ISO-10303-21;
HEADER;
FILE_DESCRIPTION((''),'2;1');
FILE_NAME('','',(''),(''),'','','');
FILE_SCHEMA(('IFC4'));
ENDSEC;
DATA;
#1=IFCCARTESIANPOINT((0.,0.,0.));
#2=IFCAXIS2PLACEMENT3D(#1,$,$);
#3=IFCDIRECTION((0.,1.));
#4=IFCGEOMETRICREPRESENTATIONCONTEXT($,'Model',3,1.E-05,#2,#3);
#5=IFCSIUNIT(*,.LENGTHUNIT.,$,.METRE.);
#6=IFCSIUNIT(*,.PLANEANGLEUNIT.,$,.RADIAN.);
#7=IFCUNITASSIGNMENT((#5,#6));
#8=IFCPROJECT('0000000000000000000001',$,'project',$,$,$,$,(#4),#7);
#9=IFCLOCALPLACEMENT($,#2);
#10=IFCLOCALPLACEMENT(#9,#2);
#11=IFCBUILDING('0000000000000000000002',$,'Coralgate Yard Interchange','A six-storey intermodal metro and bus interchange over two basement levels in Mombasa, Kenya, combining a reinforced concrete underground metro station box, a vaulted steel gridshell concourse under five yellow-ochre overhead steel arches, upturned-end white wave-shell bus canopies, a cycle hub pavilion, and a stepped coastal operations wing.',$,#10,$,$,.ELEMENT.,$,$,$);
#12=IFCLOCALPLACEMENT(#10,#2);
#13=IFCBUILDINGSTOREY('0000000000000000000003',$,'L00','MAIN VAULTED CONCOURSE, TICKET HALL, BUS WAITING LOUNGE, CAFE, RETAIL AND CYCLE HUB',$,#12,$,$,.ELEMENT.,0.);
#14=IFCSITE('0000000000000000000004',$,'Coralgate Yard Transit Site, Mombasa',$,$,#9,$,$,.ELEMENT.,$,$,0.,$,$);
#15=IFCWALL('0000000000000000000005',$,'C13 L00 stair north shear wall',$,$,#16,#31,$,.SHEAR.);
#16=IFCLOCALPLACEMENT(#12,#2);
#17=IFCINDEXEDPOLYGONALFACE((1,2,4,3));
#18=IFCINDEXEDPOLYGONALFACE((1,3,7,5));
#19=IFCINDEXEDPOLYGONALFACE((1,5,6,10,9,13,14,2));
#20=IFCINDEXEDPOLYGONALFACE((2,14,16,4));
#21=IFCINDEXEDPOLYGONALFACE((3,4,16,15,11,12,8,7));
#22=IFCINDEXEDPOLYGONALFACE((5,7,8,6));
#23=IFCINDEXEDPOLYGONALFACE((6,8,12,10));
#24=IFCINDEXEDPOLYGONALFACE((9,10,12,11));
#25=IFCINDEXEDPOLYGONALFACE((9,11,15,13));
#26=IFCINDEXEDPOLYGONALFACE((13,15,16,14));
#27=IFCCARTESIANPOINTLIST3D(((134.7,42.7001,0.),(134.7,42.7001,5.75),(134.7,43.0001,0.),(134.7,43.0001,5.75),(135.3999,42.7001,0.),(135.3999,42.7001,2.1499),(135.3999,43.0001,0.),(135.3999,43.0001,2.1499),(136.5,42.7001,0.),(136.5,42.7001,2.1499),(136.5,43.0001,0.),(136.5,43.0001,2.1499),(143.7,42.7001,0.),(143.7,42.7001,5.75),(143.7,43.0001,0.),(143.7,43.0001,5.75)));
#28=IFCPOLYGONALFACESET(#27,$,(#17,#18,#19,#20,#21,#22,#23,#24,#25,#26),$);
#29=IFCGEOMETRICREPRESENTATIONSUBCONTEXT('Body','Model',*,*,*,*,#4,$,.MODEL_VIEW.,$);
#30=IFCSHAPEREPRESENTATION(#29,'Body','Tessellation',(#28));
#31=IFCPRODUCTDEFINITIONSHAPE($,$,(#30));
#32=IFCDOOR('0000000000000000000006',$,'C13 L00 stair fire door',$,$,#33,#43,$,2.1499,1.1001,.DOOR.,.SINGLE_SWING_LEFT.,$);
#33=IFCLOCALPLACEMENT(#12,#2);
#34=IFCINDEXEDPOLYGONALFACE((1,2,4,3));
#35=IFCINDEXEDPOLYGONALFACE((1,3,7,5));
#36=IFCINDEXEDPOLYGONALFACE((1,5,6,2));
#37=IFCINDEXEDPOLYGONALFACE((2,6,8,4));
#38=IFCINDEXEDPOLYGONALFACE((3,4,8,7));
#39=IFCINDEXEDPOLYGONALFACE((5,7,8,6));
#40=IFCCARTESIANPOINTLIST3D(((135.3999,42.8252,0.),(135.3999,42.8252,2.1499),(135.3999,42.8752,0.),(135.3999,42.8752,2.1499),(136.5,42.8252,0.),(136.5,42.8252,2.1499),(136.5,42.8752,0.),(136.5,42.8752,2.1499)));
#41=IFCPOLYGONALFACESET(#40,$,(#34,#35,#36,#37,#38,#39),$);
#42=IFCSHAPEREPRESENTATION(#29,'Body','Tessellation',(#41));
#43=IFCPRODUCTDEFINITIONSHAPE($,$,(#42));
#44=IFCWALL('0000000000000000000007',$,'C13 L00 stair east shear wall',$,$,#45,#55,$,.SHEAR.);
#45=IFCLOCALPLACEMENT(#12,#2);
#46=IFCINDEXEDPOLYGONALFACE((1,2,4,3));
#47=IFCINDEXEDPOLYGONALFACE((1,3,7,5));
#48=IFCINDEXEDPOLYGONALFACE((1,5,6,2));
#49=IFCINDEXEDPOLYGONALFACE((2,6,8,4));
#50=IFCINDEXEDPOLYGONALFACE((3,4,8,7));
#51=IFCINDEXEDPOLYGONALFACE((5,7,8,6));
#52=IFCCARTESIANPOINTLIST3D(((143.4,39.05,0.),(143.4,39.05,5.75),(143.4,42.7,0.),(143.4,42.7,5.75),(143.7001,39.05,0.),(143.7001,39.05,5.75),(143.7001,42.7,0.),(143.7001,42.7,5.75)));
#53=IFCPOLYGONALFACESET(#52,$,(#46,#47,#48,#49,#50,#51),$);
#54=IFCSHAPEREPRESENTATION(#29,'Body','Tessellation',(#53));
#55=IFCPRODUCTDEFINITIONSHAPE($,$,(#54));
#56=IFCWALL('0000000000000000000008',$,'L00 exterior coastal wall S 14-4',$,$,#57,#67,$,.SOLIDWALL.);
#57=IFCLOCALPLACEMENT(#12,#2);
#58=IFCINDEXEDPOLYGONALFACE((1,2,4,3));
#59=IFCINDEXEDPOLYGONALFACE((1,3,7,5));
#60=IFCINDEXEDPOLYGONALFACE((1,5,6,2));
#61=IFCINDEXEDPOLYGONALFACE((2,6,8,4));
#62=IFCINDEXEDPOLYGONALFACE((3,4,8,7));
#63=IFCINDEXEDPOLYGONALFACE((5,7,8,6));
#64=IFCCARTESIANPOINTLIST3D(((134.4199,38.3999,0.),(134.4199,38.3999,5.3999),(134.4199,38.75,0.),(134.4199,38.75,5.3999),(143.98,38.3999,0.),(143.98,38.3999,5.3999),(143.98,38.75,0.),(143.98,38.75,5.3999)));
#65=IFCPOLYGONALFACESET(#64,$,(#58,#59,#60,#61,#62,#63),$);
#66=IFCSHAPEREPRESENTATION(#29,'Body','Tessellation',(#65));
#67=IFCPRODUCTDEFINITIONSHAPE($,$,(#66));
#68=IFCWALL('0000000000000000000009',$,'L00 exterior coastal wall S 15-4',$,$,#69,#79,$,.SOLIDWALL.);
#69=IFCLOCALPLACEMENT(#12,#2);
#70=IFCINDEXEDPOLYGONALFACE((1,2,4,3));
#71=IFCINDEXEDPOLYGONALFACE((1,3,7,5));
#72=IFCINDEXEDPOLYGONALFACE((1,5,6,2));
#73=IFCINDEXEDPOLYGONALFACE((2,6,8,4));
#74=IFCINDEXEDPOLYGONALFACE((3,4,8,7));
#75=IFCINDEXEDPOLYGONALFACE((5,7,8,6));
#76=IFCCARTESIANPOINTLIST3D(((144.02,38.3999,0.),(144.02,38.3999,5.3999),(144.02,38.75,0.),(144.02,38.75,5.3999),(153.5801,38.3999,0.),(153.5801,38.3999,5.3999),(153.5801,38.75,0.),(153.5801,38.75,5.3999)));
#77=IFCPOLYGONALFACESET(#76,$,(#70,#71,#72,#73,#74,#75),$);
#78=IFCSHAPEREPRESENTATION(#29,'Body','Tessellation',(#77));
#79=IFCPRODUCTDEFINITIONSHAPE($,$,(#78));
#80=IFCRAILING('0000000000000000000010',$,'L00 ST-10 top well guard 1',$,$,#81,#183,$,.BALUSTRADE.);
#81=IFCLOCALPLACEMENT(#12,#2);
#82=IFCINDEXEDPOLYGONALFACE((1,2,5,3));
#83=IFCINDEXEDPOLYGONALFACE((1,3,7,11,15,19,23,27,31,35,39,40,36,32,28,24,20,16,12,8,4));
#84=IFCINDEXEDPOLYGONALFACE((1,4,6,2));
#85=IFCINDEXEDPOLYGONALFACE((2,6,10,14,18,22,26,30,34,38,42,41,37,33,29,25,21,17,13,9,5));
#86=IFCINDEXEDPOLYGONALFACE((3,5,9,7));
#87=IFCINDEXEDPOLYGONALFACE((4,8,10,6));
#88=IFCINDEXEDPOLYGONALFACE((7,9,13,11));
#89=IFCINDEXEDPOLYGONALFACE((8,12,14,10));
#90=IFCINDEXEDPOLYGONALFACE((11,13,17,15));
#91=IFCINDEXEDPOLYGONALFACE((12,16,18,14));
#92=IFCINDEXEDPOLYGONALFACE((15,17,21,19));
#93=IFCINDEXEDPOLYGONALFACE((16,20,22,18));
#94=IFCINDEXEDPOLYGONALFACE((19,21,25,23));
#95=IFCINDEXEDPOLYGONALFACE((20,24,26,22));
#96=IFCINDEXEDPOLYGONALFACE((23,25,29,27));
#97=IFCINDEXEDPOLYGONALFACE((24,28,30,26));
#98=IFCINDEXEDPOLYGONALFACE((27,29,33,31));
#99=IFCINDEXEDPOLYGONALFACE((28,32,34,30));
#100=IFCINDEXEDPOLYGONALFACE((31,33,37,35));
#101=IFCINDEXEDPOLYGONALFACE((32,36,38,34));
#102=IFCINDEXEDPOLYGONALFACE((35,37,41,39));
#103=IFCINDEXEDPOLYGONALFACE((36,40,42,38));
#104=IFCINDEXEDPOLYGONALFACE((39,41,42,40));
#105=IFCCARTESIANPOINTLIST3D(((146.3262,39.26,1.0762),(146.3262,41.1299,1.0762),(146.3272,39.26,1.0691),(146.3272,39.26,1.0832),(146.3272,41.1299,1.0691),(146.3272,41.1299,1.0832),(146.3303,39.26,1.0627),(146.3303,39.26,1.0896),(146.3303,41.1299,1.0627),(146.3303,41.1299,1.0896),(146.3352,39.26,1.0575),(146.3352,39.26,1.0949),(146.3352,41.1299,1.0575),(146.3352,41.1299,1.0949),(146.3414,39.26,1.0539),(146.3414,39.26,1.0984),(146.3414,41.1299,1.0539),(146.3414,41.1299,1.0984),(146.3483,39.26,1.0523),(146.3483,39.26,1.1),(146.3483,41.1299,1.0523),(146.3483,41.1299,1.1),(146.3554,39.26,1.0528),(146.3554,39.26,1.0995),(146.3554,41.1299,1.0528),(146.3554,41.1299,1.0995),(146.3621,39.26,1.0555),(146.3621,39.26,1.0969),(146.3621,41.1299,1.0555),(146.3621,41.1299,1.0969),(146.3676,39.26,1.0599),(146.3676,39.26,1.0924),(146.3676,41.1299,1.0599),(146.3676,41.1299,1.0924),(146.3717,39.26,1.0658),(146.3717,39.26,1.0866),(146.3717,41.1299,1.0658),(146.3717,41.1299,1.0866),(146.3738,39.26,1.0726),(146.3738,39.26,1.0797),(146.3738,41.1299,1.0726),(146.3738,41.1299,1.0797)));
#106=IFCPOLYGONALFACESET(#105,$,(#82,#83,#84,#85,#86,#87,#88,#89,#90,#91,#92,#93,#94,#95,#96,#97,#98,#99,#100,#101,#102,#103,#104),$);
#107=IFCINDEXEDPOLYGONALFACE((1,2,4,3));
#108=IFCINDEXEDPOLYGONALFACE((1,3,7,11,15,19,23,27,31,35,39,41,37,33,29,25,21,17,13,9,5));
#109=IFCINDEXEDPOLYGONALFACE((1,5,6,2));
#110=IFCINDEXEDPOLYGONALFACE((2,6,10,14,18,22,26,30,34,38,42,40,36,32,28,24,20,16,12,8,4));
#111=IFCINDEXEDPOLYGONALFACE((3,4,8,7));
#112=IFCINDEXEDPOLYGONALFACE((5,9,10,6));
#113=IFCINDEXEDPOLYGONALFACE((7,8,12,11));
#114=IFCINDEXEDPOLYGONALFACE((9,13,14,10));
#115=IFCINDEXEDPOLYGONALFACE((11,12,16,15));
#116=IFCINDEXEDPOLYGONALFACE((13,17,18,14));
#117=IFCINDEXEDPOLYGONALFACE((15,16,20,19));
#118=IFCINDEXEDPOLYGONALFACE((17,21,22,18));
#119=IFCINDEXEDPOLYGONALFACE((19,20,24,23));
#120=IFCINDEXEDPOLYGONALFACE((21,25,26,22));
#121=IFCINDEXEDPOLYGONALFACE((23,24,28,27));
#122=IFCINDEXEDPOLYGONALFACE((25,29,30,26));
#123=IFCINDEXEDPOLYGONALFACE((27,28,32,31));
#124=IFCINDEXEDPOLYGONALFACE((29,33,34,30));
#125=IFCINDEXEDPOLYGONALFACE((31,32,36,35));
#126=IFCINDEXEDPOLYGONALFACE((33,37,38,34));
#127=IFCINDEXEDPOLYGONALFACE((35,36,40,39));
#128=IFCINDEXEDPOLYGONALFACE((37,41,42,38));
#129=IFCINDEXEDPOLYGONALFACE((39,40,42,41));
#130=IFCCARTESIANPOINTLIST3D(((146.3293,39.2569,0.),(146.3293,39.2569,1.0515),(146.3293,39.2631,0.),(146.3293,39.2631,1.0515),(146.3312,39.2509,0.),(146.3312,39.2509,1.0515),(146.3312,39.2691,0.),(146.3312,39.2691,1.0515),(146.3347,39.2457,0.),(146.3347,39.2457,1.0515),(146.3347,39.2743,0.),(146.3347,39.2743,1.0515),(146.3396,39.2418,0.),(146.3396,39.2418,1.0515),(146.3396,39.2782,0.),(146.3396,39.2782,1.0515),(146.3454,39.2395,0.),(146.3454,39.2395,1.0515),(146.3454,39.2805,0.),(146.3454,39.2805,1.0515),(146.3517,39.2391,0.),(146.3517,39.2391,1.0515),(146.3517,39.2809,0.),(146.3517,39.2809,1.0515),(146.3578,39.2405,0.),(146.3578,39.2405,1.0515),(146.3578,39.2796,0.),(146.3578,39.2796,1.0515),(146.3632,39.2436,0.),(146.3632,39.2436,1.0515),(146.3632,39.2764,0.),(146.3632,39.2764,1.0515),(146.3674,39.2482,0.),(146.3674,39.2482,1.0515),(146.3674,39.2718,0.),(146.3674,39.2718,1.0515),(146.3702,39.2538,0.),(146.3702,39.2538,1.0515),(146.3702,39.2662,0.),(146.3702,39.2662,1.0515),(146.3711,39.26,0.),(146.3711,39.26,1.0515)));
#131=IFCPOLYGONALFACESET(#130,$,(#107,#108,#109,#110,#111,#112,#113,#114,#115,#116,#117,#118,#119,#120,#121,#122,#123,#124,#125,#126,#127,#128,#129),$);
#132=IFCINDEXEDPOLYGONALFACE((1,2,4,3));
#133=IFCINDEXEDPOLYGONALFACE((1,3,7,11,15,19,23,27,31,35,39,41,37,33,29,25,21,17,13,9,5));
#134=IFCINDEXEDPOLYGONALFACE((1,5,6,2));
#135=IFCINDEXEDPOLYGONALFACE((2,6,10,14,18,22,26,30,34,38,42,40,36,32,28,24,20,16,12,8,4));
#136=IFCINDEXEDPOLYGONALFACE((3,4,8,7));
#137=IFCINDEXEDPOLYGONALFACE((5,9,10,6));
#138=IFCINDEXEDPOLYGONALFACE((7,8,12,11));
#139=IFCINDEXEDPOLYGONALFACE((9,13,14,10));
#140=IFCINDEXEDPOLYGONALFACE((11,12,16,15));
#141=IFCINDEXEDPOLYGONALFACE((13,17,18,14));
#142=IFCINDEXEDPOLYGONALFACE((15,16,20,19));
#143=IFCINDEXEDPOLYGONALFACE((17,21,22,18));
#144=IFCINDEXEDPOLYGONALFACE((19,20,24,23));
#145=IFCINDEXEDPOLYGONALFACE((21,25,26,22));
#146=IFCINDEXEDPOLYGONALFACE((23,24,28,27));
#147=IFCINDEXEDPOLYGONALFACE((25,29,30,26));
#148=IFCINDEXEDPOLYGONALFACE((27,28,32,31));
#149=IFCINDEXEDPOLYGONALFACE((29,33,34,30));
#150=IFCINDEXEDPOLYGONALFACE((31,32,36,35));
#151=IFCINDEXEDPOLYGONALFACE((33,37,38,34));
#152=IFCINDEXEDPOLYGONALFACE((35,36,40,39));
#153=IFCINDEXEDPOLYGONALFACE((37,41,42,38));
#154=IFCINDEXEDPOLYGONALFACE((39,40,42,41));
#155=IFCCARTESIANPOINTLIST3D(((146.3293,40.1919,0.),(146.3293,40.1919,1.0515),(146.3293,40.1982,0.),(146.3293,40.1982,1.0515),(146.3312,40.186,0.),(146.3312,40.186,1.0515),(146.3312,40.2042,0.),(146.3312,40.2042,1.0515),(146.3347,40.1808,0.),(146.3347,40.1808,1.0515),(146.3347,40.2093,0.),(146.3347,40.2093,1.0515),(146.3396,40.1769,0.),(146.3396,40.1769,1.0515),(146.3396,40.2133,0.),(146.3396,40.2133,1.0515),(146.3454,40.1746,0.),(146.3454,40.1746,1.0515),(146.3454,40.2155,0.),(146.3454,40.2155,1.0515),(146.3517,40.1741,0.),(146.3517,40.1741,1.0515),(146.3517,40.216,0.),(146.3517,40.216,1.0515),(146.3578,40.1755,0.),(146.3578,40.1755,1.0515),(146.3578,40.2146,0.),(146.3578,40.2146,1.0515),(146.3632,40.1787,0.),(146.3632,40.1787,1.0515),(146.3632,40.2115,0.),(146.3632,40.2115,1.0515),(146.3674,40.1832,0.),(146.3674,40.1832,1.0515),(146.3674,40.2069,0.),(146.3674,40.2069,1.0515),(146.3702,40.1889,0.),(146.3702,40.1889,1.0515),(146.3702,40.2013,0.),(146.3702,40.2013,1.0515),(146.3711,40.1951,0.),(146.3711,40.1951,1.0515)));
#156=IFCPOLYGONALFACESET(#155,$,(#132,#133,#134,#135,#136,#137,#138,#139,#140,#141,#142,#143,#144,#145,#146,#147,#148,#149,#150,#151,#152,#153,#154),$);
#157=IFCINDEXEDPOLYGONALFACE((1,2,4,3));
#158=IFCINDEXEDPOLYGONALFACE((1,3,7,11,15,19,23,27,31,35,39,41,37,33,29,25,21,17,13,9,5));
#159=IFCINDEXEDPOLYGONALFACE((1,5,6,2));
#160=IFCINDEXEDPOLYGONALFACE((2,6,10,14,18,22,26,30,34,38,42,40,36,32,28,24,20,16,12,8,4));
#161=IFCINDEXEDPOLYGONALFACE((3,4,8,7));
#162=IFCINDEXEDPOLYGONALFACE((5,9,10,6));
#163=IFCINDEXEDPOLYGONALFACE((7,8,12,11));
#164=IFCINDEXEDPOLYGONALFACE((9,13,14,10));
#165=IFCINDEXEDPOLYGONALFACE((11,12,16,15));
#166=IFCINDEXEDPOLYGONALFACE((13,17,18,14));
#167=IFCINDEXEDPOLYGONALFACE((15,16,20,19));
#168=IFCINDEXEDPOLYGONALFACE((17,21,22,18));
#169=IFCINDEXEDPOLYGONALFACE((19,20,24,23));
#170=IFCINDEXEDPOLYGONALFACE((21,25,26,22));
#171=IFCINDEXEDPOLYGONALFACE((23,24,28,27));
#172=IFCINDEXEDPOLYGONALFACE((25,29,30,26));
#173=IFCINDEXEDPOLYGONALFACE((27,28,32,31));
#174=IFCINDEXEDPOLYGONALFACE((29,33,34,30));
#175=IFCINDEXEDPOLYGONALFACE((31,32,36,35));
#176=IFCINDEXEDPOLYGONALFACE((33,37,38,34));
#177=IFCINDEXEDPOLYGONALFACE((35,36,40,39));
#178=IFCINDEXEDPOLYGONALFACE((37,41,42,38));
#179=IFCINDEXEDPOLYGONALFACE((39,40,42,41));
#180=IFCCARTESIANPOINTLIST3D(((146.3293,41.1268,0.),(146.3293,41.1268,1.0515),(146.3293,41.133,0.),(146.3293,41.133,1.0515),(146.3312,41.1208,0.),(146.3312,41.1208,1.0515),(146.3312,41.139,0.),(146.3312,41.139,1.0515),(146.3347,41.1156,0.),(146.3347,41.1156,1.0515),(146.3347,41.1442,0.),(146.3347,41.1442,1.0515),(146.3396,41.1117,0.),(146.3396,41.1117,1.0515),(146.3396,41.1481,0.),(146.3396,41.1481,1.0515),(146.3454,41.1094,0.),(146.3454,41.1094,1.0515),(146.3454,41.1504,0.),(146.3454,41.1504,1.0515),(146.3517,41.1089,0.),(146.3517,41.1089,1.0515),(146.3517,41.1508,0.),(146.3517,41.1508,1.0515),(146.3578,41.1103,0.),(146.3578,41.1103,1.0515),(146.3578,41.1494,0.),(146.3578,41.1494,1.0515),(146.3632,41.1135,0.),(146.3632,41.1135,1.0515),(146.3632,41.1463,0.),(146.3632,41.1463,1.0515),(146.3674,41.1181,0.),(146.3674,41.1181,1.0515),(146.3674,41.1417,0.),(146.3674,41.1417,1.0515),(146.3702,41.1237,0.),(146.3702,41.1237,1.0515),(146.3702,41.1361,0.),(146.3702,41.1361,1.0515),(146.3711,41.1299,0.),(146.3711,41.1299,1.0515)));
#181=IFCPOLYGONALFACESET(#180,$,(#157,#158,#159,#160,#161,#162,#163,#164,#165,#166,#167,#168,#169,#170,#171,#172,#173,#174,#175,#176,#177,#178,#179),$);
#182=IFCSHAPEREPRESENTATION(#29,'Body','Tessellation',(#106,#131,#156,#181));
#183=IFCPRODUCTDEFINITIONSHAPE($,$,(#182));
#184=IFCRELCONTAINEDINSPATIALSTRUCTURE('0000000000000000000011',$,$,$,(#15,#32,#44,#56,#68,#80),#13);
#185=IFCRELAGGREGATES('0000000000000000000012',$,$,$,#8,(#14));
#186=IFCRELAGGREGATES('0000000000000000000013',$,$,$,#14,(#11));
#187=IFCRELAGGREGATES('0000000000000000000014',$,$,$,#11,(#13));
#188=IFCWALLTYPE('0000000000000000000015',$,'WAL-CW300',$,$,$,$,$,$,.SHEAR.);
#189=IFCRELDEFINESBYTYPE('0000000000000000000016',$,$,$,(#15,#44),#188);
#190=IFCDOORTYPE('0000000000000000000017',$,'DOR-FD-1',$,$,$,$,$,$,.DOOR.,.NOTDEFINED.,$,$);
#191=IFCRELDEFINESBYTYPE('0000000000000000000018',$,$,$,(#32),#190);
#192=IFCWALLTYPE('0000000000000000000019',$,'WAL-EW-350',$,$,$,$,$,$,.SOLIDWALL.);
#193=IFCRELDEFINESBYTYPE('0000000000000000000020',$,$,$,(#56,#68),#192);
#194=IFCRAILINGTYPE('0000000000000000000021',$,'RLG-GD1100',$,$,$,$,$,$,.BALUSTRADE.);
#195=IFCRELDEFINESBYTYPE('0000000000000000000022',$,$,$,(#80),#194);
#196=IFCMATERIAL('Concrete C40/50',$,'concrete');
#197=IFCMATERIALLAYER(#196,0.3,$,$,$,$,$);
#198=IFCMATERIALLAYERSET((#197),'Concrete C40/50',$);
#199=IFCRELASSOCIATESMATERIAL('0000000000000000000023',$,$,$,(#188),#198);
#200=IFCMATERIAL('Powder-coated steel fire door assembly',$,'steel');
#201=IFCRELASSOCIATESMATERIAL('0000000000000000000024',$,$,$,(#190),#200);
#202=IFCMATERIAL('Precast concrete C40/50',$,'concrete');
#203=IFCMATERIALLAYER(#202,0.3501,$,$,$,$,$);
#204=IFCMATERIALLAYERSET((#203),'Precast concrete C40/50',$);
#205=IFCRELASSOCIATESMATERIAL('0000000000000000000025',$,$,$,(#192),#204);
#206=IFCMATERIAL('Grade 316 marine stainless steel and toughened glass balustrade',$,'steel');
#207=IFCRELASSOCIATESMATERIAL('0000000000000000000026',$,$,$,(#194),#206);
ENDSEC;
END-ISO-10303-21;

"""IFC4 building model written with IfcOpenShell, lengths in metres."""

from ifc_helpers import new_model, si_unit, direction, frame, frame_2d, origin, origin_2d, place, context, subcontext, project, spatial, rectangle, circle, extrude, material, layer, layer_set, type_object, element, fill, save


model = new_model("IFC4")

# Units and contexts
model_context = context("Model", 3, precision=1e-05, world=origin(), true_north=direction((0.0, 1.0)))
body_context = subcontext(model_context, "Body", "Model", "MODEL_VIEW")
ifc_project = project(units=[si_unit("LENGTHUNIT", "METRE"), si_unit("PLANEANGLEUNIT", "RADIAN")], contexts=[model_context])

# Site, building, storey
site_placement = place(None, origin())
site = spatial("IfcSite", under=ifc_project, at=site_placement, Name="Coralgate Yard Transit Site, Mombasa", CompositionType="ELEMENT", RefElevation=0.0)
building_placement = place(site_placement, origin())
building = spatial("IfcBuilding", under=site, at=building_placement, Name="Coralgate Yard Interchange", Description="A six-storey intermodal metro and bus interchange over two basement levels in Mombasa, Kenya, combining a reinforced concrete underground metro station box, a vaulted steel gridshell concourse under five yellow-ochre overhead steel arches, upturned-end white wave-shell bus canopies, a cycle hub pavilion, and a stepped coastal operations wing.", CompositionType="ELEMENT")
storey_placement = place(building_placement, origin())
storey = spatial("IfcBuildingStorey", under=building, at=storey_placement, Name="L00", Description="MAIN VAULTED CONCOURSE, TICKET HALL, BUS WAITING LOUNGE, CAFE, RETAIL AND CYCLE HUB", CompositionType="ELEMENT", Elevation=0.0)

# Shared definitions
ifc_material_1 = material(Name="Concrete C40/50", Category="concrete")
ifc_layer_1 = layer(ifc_material_1, 0.3)
ifc_layer_set_1 = layer_set([ifc_layer_1], Name="Concrete C40/50")
wall_type_1 = type_object("IfcWallType", Name="WAL-CW300", PredefinedType="SHEAR", material=ifc_layer_set_1)

# Shared definitions
ifc_material_2 = material(Name="Powder-coated steel fire door assembly", Category="steel")

# Wall, opening, door
wall_1_placement = place(storey_placement, frame((143.7, 42.8501, 0.0), z_axis=(0.0, 0.0, 1.0), x_axis=(-1.0, 0.0, 0.0)))
wall_1 = element("IfcWall", 1, at=wall_1_placement, inside=storey, type_object=wall_type_1, Name="C13 L00 stair north shear wall", PredefinedType="SHEAR", context=body_context, shape_type="SweptSolid", body=[
    extrude(rectangle(XDim=9.0, YDim=0.3, at=frame_2d((4.5, 0.0))), origin(), (0.0, 0.0, 1.0), 5.75),
])
opening_1_placement = place(wall_1_placement, frame((7.2, 0.0, 0.0)))
opening_1 = element("IfcOpeningElement", 2, at=opening_1_placement, cuts=wall_1, PredefinedType="OPENING", context=body_context, shape_type="SweptSolid", body=[
    extrude(rectangle(XDim=1.1001, YDim=2.1499, at=frame_2d((0.55, 1.075))), frame((0.0, 0.1599, 0.0), z_axis=(0.0, -1.0, 0.0), x_axis=(1.0, 0.0, 0.0)), (0.0, 0.0, 1.0), 0.3201),
])
door_type_1 = type_object("IfcDoorType", Name="DOR-FD-1", OperationType="NOTDEFINED", PredefinedType="DOOR", material=ifc_material_2)
door_1_placement = place(opening_1_placement, origin())
door_1 = element("IfcDoor", 3, at=door_1_placement, inside=storey, type_object=door_type_1, Name="C13 L00 stair fire door", OperationType="SINGLE_SWING_LEFT", OverallHeight=2.1499, OverallWidth=1.1001, PredefinedType="DOOR", context=body_context, shape_type="SweptSolid", body=[
    extrude(rectangle(XDim=1.1001, YDim=2.1499, at=frame_2d((0.55, 1.075))), frame((0.0, 0.0249, 0.0), z_axis=(0.0, -1.0, 0.0), x_axis=(1.0, 0.0, 0.0)), (0.0, 0.0, 1.0), 0.05),
])
fill(opening_1, door_1)

# Walls
wall_2_placement = place(storey_placement, frame((143.55, 42.7, 0.0), z_axis=(0.0, 0.0, 1.0), x_axis=(0.0, -1.0, 0.0)))
element("IfcWall", 4, at=wall_2_placement, inside=storey, type_object=wall_type_1, Name="C13 L00 stair east shear wall", PredefinedType="SHEAR", context=body_context, shape_type="SweptSolid", body=[
    extrude(rectangle(XDim=3.6499, YDim=0.3, at=frame_2d((1.825, 0.0))), origin(), (0.0, 0.0, 1.0), 5.75),
])
ifc_material_3 = material(Name="Precast concrete C40/50", Category="concrete")
ifc_layer_2 = layer(ifc_material_3, 0.3501)
ifc_layer_set_2 = layer_set([ifc_layer_2], Name="Precast concrete C40/50")
wall_type_2 = type_object("IfcWallType", Name="WAL-EW-350", PredefinedType="SOLIDWALL", material=ifc_layer_set_2)
for number, where, z_axis, x_axis, name in (
    (5, (143.98, 38.575, 0.0), (0.0, 0.0, 1.0), (-1.0, 0.0, 0.0), "L00 exterior coastal wall S 14-4"),
    (6, (153.5801, 38.575, 0.0), (0.0, 0.0, 1.0), (-1.0, 0.0, 0.0), "L00 exterior coastal wall S 15-4"),
):
    element("IfcWall", number, at=place(storey_placement, frame(where, z_axis=z_axis, x_axis=x_axis)), inside=storey, type_object=wall_type_2, Name=name, PredefinedType="SOLIDWALL", context=body_context, shape_type="SweptSolid", body=[
        extrude(rectangle(XDim=9.5601, YDim=0.3501, at=frame_2d((4.78, 0.0))), origin(), (0.0, 0.0, 1.0), 5.3999),
    ])

# Railing
ifc_material_4 = material(Name="Grade 316 marine stainless steel and toughened glass balustrade", Category="steel")
railing_type = type_object("IfcRailingType", Name="RLG-GD1100", PredefinedType="BALUSTRADE", material=ifc_material_4)
railing_placement = place(storey_placement, frame((146.3501, 39.26, 0.0)))
element("IfcRailing", 7, at=railing_placement, inside=storey, type_object=railing_type, Name="L00 ST-10 top well guard 1", PredefinedType="BALUSTRADE", context=body_context, shape_type="SweptSolid", body=[
    extrude(circle(Radius=0.0239, at=origin_2d()), frame((0.0, 0.0, 1.0762), z_axis=(0.0, 1.0, 0.0), x_axis=(-1.0, 0.0, 0.0)), (0.0, 0.0, 1.0), 1.8699),
    extrude(circle(Radius=0.021, at=origin_2d()), origin(), (0.0, 0.0, 1.0), 1.0515),
    extrude(circle(Radius=0.021, at=origin_2d()), frame((0.0, 0.9351, 0.0)), (0.0, 0.0, 1.0), 1.0515),
    extrude(circle(Radius=0.021, at=origin_2d()), frame((0.0, 1.8699, 0.0)), (0.0, 0.0, 1.0), 1.0515),
])

save(model, "model.ifc")
